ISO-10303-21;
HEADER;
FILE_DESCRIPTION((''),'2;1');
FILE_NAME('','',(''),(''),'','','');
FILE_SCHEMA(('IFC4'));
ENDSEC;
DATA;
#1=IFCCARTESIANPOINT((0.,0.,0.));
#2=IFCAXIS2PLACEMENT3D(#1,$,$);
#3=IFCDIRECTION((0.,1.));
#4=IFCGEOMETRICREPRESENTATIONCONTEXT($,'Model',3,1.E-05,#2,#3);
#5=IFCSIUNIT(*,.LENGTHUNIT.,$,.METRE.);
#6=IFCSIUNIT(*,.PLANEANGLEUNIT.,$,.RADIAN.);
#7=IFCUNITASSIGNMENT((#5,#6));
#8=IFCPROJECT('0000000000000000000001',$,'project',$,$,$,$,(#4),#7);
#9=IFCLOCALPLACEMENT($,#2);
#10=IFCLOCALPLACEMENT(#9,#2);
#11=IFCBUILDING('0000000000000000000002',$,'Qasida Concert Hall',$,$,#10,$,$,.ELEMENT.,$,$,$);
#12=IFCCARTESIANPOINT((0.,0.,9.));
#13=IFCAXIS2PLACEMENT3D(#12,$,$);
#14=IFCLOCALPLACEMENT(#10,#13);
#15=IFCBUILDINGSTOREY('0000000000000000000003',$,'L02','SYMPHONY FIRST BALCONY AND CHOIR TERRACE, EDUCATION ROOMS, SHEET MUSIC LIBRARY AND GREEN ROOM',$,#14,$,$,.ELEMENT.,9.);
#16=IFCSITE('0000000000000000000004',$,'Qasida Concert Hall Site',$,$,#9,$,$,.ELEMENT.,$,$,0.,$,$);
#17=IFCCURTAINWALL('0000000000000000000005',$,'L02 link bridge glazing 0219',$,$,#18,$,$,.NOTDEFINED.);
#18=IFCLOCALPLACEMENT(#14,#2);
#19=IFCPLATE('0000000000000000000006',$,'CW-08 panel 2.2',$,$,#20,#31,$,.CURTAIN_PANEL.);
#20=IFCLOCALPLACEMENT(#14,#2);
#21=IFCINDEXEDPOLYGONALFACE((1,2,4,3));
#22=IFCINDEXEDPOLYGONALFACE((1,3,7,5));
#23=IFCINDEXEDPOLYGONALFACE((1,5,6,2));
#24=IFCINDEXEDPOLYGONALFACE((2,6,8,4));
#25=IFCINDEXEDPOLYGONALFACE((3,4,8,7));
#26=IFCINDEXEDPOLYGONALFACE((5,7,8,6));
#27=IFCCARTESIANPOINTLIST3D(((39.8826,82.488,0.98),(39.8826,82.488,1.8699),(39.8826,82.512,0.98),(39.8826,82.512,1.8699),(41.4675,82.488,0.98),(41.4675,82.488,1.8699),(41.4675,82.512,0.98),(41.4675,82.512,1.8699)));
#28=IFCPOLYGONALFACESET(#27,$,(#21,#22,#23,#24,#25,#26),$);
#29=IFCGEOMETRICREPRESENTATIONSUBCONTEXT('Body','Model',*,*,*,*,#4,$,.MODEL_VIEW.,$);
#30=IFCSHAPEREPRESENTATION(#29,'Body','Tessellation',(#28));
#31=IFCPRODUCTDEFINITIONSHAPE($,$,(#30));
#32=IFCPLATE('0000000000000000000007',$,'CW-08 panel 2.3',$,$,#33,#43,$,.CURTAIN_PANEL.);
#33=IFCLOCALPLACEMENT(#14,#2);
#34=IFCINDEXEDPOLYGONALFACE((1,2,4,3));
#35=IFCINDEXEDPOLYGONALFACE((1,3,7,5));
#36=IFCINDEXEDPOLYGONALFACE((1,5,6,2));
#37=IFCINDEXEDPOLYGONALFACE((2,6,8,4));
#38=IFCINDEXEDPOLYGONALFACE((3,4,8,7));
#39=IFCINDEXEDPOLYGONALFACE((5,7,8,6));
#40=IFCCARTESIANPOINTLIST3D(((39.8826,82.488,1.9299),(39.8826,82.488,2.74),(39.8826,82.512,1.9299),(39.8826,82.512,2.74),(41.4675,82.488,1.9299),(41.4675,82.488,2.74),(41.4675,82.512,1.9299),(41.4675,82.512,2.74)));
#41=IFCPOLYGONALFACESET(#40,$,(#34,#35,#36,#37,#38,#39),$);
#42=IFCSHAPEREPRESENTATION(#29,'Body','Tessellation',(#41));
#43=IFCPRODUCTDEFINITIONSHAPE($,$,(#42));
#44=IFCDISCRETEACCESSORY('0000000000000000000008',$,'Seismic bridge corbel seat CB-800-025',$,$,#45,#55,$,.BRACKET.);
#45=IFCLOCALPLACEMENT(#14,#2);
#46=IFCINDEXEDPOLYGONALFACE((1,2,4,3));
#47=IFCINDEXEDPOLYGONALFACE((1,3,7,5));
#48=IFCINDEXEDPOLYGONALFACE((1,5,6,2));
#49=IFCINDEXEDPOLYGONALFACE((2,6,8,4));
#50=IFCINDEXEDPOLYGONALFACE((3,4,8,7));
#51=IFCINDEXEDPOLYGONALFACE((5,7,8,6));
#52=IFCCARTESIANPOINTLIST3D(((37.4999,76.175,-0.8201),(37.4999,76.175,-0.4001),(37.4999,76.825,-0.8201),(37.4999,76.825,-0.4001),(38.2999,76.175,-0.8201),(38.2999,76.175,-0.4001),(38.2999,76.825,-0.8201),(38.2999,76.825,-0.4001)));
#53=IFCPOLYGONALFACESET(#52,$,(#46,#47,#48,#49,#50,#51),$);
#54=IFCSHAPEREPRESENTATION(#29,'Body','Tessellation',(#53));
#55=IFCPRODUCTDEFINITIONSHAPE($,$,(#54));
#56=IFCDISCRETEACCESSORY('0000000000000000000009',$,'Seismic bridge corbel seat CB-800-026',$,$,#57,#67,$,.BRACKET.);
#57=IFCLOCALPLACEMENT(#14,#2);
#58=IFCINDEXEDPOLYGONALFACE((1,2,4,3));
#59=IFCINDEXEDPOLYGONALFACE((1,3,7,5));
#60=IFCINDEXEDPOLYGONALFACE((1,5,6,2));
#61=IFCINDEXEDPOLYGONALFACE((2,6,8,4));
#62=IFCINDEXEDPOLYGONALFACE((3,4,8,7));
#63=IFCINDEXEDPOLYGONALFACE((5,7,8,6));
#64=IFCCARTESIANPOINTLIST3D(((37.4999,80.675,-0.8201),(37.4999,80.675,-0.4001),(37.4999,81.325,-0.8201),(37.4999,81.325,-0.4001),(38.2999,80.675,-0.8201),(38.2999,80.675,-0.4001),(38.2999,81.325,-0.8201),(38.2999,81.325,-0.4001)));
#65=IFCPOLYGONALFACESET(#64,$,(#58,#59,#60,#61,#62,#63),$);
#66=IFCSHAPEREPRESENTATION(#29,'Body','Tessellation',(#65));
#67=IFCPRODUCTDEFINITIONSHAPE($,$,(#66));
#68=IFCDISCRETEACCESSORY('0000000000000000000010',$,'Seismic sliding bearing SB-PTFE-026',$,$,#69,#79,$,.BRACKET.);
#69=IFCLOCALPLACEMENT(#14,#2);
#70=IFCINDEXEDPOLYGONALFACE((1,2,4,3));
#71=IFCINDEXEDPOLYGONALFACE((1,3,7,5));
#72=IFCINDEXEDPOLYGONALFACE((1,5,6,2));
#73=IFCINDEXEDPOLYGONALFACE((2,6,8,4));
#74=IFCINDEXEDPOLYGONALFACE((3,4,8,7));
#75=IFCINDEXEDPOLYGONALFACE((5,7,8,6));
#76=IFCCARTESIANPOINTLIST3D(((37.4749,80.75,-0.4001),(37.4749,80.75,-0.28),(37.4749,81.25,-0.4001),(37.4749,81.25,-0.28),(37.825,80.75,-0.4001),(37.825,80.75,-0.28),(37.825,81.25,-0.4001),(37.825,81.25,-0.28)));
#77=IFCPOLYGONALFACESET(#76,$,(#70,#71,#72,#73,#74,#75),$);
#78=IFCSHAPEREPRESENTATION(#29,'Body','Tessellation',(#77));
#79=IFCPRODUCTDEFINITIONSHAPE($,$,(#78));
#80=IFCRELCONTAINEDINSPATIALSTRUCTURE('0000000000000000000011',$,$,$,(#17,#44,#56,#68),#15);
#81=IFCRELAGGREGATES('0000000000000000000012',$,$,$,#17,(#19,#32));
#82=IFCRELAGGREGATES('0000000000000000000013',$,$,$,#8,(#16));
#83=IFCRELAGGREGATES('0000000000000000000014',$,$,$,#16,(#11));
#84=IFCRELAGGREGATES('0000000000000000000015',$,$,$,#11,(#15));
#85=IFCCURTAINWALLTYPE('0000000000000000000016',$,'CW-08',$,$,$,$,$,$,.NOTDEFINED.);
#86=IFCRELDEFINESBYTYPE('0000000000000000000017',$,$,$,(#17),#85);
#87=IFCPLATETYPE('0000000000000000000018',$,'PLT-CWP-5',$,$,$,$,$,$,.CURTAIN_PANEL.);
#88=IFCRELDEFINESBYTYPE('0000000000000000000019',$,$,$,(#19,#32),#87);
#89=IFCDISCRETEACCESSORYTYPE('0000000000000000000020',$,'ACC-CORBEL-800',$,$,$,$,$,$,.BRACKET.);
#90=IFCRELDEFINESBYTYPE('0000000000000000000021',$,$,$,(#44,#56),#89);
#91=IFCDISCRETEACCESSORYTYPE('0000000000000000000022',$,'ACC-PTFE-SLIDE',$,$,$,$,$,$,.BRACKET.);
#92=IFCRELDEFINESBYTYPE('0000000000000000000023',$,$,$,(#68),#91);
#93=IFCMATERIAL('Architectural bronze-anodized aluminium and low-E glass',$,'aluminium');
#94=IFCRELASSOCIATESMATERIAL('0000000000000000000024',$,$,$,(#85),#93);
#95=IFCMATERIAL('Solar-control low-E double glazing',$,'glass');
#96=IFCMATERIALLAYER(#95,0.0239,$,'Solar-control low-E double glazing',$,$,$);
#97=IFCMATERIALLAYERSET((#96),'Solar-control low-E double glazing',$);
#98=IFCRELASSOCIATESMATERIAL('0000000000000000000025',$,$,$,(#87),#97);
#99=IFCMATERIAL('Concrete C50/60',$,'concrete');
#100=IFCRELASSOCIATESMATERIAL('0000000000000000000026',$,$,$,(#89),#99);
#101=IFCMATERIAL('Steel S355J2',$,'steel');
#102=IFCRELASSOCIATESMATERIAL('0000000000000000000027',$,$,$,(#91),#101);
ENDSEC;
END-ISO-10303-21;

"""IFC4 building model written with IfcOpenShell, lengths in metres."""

from ifc_helpers import new_model, si_unit, direction, frame, origin, origin_2d, place, context, subcontext, project, spatial, rectangle, extrude, material, layer, layer_set, type_object, element, aggregate, save


model = new_model("IFC4")

# Units and contexts
model_context = context("Model", 3, precision=1e-05, world=origin(), true_north=direction((0.0, 1.0)))
body_context = subcontext(model_context, "Body", "Model", "MODEL_VIEW")
ifc_project = project(units=[si_unit("LENGTHUNIT", "METRE"), si_unit("PLANEANGLEUNIT", "RADIAN")], contexts=[model_context])

# Site, building, storey
site_placement = place(None, origin())
site = spatial("IfcSite", under=ifc_project, at=site_placement, Name="Qasida Concert Hall Site", CompositionType="ELEMENT", RefElevation=0.0)
building_placement = place(site_placement, origin())
building = spatial("IfcBuilding", under=site, at=building_placement, Name="Qasida Concert Hall", CompositionType="ELEMENT")
storey_placement = place(building_placement, frame((0.0, 0.0, 9.0)))
storey = spatial("IfcBuildingStorey", under=building, at=storey_placement, Name="L02", Description="SYMPHONY FIRST BALCONY AND CHOIR TERRACE, EDUCATION ROOMS, SHEET MUSIC LIBRARY AND GREEN ROOM", CompositionType="ELEMENT", Elevation=9.0)

# Curtain wall, plates
ifc_material_1 = material(Name="Architectural bronze-anodized aluminium and low-E glass", Category="aluminium")
curtain_wall_type = type_object("IfcCurtainWallType", Name="CW-08", PredefinedType="NOTDEFINED", material=ifc_material_1)
curtain_wall_placement = place(storey_placement, origin())
curtain_wall = element("IfcCurtainWall", 1, at=curtain_wall_placement, inside=storey, type_object=curtain_wall_type, Name="L02 link bridge glazing 0219", PredefinedType="NOTDEFINED")
ifc_material_2 = material(Name="Solar-control low-E double glazing", Category="glass")
ifc_layer_1 = layer(ifc_material_2, 0.0239, Name="Solar-control low-E double glazing")
ifc_layer_set_1 = layer_set([ifc_layer_1], Name="Solar-control low-E double glazing")
plate_type = type_object("IfcPlateType", Name="PLT-CWP-5", PredefinedType="CURTAIN_PANEL", material=ifc_layer_set_1)
plate_1_placement = place(storey_placement, frame((40.675, 82.5, 0.98), z_axis=(0.0, 0.0, 1.0), x_axis=(1.0, 0.0, 0.0)))
plate_1 = element("IfcPlate", 2, at=plate_1_placement, type_object=plate_type, Name="CW-08 panel 2.2", PredefinedType="CURTAIN_PANEL", context=body_context, shape_type="SweptSolid", body=[
    extrude(rectangle(XDim=1.585, YDim=0.0239, at=origin_2d()), origin(), (0.0, 0.0, 1.0), 0.8899),
])
plate_2_placement = place(storey_placement, frame((40.675, 82.5, 1.9299), z_axis=(0.0, 0.0, 1.0), x_axis=(1.0, 0.0, 0.0)))
plate_2 = element("IfcPlate", 3, at=plate_2_placement, type_object=plate_type, Name="CW-08 panel 2.3", PredefinedType="CURTAIN_PANEL", context=body_context, shape_type="SweptSolid", body=[
    extrude(rectangle(XDim=1.585, YDim=0.0239, at=origin_2d()), origin(), (0.0, 0.0, 1.0), 0.8101),
])
aggregate(curtain_wall, [plate_1, plate_2])

# Discrete accessories
ifc_material_3 = material(Name="Concrete C50/60", Category="concrete")
discrete_accessory_type_1 = type_object("IfcDiscreteAccessoryType", Name="ACC-CORBEL-800", PredefinedType="BRACKET", material=ifc_material_3)
for number, where, z_axis, x_axis, name in (
    (4, (37.8999, 76.5, -0.8201), (0.0, 0.0, 1.0), (1.0, 0.0, 0.0), "Seismic bridge corbel seat CB-800-025"),
    (5, (37.8999, 81.0, -0.8201), (0.0, 0.0, 1.0), (1.0, 0.0, 0.0), "Seismic bridge corbel seat CB-800-026"),
):
    element("IfcDiscreteAccessory", number, at=place(storey_placement, frame(where, z_axis=z_axis, x_axis=x_axis)), inside=storey, type_object=discrete_accessory_type_1, Name=name, PredefinedType="BRACKET", context=body_context, shape_type="SweptSolid", body=[
        extrude(rectangle(XDim=0.8, YDim=0.6499, at=origin_2d()), origin(), (0.0, 0.0, 1.0), 0.4199),
    ])
ifc_material_4 = material(Name="Steel S355J2", Category="steel")
discrete_accessory_type_2 = type_object("IfcDiscreteAccessoryType", Name="ACC-PTFE-SLIDE", PredefinedType="BRACKET", material=ifc_material_4)
discrete_accessory_placement = place(storey_placement, frame((37.6499, 81.0, -0.4001), z_axis=(0.0, 0.0, 1.0), x_axis=(1.0, 0.0, 0.0)))
element("IfcDiscreteAccessory", 6, at=discrete_accessory_placement, inside=storey, type_object=discrete_accessory_type_2, Name="Seismic sliding bearing SB-PTFE-026", PredefinedType="BRACKET", context=body_context, shape_type="SweptSolid", body=[
    extrude(rectangle(XDim=0.3501, YDim=0.5, at=origin_2d()), origin(), (0.0, 0.0, 1.0), 0.1201),
])

save(model, "model.ifc")
